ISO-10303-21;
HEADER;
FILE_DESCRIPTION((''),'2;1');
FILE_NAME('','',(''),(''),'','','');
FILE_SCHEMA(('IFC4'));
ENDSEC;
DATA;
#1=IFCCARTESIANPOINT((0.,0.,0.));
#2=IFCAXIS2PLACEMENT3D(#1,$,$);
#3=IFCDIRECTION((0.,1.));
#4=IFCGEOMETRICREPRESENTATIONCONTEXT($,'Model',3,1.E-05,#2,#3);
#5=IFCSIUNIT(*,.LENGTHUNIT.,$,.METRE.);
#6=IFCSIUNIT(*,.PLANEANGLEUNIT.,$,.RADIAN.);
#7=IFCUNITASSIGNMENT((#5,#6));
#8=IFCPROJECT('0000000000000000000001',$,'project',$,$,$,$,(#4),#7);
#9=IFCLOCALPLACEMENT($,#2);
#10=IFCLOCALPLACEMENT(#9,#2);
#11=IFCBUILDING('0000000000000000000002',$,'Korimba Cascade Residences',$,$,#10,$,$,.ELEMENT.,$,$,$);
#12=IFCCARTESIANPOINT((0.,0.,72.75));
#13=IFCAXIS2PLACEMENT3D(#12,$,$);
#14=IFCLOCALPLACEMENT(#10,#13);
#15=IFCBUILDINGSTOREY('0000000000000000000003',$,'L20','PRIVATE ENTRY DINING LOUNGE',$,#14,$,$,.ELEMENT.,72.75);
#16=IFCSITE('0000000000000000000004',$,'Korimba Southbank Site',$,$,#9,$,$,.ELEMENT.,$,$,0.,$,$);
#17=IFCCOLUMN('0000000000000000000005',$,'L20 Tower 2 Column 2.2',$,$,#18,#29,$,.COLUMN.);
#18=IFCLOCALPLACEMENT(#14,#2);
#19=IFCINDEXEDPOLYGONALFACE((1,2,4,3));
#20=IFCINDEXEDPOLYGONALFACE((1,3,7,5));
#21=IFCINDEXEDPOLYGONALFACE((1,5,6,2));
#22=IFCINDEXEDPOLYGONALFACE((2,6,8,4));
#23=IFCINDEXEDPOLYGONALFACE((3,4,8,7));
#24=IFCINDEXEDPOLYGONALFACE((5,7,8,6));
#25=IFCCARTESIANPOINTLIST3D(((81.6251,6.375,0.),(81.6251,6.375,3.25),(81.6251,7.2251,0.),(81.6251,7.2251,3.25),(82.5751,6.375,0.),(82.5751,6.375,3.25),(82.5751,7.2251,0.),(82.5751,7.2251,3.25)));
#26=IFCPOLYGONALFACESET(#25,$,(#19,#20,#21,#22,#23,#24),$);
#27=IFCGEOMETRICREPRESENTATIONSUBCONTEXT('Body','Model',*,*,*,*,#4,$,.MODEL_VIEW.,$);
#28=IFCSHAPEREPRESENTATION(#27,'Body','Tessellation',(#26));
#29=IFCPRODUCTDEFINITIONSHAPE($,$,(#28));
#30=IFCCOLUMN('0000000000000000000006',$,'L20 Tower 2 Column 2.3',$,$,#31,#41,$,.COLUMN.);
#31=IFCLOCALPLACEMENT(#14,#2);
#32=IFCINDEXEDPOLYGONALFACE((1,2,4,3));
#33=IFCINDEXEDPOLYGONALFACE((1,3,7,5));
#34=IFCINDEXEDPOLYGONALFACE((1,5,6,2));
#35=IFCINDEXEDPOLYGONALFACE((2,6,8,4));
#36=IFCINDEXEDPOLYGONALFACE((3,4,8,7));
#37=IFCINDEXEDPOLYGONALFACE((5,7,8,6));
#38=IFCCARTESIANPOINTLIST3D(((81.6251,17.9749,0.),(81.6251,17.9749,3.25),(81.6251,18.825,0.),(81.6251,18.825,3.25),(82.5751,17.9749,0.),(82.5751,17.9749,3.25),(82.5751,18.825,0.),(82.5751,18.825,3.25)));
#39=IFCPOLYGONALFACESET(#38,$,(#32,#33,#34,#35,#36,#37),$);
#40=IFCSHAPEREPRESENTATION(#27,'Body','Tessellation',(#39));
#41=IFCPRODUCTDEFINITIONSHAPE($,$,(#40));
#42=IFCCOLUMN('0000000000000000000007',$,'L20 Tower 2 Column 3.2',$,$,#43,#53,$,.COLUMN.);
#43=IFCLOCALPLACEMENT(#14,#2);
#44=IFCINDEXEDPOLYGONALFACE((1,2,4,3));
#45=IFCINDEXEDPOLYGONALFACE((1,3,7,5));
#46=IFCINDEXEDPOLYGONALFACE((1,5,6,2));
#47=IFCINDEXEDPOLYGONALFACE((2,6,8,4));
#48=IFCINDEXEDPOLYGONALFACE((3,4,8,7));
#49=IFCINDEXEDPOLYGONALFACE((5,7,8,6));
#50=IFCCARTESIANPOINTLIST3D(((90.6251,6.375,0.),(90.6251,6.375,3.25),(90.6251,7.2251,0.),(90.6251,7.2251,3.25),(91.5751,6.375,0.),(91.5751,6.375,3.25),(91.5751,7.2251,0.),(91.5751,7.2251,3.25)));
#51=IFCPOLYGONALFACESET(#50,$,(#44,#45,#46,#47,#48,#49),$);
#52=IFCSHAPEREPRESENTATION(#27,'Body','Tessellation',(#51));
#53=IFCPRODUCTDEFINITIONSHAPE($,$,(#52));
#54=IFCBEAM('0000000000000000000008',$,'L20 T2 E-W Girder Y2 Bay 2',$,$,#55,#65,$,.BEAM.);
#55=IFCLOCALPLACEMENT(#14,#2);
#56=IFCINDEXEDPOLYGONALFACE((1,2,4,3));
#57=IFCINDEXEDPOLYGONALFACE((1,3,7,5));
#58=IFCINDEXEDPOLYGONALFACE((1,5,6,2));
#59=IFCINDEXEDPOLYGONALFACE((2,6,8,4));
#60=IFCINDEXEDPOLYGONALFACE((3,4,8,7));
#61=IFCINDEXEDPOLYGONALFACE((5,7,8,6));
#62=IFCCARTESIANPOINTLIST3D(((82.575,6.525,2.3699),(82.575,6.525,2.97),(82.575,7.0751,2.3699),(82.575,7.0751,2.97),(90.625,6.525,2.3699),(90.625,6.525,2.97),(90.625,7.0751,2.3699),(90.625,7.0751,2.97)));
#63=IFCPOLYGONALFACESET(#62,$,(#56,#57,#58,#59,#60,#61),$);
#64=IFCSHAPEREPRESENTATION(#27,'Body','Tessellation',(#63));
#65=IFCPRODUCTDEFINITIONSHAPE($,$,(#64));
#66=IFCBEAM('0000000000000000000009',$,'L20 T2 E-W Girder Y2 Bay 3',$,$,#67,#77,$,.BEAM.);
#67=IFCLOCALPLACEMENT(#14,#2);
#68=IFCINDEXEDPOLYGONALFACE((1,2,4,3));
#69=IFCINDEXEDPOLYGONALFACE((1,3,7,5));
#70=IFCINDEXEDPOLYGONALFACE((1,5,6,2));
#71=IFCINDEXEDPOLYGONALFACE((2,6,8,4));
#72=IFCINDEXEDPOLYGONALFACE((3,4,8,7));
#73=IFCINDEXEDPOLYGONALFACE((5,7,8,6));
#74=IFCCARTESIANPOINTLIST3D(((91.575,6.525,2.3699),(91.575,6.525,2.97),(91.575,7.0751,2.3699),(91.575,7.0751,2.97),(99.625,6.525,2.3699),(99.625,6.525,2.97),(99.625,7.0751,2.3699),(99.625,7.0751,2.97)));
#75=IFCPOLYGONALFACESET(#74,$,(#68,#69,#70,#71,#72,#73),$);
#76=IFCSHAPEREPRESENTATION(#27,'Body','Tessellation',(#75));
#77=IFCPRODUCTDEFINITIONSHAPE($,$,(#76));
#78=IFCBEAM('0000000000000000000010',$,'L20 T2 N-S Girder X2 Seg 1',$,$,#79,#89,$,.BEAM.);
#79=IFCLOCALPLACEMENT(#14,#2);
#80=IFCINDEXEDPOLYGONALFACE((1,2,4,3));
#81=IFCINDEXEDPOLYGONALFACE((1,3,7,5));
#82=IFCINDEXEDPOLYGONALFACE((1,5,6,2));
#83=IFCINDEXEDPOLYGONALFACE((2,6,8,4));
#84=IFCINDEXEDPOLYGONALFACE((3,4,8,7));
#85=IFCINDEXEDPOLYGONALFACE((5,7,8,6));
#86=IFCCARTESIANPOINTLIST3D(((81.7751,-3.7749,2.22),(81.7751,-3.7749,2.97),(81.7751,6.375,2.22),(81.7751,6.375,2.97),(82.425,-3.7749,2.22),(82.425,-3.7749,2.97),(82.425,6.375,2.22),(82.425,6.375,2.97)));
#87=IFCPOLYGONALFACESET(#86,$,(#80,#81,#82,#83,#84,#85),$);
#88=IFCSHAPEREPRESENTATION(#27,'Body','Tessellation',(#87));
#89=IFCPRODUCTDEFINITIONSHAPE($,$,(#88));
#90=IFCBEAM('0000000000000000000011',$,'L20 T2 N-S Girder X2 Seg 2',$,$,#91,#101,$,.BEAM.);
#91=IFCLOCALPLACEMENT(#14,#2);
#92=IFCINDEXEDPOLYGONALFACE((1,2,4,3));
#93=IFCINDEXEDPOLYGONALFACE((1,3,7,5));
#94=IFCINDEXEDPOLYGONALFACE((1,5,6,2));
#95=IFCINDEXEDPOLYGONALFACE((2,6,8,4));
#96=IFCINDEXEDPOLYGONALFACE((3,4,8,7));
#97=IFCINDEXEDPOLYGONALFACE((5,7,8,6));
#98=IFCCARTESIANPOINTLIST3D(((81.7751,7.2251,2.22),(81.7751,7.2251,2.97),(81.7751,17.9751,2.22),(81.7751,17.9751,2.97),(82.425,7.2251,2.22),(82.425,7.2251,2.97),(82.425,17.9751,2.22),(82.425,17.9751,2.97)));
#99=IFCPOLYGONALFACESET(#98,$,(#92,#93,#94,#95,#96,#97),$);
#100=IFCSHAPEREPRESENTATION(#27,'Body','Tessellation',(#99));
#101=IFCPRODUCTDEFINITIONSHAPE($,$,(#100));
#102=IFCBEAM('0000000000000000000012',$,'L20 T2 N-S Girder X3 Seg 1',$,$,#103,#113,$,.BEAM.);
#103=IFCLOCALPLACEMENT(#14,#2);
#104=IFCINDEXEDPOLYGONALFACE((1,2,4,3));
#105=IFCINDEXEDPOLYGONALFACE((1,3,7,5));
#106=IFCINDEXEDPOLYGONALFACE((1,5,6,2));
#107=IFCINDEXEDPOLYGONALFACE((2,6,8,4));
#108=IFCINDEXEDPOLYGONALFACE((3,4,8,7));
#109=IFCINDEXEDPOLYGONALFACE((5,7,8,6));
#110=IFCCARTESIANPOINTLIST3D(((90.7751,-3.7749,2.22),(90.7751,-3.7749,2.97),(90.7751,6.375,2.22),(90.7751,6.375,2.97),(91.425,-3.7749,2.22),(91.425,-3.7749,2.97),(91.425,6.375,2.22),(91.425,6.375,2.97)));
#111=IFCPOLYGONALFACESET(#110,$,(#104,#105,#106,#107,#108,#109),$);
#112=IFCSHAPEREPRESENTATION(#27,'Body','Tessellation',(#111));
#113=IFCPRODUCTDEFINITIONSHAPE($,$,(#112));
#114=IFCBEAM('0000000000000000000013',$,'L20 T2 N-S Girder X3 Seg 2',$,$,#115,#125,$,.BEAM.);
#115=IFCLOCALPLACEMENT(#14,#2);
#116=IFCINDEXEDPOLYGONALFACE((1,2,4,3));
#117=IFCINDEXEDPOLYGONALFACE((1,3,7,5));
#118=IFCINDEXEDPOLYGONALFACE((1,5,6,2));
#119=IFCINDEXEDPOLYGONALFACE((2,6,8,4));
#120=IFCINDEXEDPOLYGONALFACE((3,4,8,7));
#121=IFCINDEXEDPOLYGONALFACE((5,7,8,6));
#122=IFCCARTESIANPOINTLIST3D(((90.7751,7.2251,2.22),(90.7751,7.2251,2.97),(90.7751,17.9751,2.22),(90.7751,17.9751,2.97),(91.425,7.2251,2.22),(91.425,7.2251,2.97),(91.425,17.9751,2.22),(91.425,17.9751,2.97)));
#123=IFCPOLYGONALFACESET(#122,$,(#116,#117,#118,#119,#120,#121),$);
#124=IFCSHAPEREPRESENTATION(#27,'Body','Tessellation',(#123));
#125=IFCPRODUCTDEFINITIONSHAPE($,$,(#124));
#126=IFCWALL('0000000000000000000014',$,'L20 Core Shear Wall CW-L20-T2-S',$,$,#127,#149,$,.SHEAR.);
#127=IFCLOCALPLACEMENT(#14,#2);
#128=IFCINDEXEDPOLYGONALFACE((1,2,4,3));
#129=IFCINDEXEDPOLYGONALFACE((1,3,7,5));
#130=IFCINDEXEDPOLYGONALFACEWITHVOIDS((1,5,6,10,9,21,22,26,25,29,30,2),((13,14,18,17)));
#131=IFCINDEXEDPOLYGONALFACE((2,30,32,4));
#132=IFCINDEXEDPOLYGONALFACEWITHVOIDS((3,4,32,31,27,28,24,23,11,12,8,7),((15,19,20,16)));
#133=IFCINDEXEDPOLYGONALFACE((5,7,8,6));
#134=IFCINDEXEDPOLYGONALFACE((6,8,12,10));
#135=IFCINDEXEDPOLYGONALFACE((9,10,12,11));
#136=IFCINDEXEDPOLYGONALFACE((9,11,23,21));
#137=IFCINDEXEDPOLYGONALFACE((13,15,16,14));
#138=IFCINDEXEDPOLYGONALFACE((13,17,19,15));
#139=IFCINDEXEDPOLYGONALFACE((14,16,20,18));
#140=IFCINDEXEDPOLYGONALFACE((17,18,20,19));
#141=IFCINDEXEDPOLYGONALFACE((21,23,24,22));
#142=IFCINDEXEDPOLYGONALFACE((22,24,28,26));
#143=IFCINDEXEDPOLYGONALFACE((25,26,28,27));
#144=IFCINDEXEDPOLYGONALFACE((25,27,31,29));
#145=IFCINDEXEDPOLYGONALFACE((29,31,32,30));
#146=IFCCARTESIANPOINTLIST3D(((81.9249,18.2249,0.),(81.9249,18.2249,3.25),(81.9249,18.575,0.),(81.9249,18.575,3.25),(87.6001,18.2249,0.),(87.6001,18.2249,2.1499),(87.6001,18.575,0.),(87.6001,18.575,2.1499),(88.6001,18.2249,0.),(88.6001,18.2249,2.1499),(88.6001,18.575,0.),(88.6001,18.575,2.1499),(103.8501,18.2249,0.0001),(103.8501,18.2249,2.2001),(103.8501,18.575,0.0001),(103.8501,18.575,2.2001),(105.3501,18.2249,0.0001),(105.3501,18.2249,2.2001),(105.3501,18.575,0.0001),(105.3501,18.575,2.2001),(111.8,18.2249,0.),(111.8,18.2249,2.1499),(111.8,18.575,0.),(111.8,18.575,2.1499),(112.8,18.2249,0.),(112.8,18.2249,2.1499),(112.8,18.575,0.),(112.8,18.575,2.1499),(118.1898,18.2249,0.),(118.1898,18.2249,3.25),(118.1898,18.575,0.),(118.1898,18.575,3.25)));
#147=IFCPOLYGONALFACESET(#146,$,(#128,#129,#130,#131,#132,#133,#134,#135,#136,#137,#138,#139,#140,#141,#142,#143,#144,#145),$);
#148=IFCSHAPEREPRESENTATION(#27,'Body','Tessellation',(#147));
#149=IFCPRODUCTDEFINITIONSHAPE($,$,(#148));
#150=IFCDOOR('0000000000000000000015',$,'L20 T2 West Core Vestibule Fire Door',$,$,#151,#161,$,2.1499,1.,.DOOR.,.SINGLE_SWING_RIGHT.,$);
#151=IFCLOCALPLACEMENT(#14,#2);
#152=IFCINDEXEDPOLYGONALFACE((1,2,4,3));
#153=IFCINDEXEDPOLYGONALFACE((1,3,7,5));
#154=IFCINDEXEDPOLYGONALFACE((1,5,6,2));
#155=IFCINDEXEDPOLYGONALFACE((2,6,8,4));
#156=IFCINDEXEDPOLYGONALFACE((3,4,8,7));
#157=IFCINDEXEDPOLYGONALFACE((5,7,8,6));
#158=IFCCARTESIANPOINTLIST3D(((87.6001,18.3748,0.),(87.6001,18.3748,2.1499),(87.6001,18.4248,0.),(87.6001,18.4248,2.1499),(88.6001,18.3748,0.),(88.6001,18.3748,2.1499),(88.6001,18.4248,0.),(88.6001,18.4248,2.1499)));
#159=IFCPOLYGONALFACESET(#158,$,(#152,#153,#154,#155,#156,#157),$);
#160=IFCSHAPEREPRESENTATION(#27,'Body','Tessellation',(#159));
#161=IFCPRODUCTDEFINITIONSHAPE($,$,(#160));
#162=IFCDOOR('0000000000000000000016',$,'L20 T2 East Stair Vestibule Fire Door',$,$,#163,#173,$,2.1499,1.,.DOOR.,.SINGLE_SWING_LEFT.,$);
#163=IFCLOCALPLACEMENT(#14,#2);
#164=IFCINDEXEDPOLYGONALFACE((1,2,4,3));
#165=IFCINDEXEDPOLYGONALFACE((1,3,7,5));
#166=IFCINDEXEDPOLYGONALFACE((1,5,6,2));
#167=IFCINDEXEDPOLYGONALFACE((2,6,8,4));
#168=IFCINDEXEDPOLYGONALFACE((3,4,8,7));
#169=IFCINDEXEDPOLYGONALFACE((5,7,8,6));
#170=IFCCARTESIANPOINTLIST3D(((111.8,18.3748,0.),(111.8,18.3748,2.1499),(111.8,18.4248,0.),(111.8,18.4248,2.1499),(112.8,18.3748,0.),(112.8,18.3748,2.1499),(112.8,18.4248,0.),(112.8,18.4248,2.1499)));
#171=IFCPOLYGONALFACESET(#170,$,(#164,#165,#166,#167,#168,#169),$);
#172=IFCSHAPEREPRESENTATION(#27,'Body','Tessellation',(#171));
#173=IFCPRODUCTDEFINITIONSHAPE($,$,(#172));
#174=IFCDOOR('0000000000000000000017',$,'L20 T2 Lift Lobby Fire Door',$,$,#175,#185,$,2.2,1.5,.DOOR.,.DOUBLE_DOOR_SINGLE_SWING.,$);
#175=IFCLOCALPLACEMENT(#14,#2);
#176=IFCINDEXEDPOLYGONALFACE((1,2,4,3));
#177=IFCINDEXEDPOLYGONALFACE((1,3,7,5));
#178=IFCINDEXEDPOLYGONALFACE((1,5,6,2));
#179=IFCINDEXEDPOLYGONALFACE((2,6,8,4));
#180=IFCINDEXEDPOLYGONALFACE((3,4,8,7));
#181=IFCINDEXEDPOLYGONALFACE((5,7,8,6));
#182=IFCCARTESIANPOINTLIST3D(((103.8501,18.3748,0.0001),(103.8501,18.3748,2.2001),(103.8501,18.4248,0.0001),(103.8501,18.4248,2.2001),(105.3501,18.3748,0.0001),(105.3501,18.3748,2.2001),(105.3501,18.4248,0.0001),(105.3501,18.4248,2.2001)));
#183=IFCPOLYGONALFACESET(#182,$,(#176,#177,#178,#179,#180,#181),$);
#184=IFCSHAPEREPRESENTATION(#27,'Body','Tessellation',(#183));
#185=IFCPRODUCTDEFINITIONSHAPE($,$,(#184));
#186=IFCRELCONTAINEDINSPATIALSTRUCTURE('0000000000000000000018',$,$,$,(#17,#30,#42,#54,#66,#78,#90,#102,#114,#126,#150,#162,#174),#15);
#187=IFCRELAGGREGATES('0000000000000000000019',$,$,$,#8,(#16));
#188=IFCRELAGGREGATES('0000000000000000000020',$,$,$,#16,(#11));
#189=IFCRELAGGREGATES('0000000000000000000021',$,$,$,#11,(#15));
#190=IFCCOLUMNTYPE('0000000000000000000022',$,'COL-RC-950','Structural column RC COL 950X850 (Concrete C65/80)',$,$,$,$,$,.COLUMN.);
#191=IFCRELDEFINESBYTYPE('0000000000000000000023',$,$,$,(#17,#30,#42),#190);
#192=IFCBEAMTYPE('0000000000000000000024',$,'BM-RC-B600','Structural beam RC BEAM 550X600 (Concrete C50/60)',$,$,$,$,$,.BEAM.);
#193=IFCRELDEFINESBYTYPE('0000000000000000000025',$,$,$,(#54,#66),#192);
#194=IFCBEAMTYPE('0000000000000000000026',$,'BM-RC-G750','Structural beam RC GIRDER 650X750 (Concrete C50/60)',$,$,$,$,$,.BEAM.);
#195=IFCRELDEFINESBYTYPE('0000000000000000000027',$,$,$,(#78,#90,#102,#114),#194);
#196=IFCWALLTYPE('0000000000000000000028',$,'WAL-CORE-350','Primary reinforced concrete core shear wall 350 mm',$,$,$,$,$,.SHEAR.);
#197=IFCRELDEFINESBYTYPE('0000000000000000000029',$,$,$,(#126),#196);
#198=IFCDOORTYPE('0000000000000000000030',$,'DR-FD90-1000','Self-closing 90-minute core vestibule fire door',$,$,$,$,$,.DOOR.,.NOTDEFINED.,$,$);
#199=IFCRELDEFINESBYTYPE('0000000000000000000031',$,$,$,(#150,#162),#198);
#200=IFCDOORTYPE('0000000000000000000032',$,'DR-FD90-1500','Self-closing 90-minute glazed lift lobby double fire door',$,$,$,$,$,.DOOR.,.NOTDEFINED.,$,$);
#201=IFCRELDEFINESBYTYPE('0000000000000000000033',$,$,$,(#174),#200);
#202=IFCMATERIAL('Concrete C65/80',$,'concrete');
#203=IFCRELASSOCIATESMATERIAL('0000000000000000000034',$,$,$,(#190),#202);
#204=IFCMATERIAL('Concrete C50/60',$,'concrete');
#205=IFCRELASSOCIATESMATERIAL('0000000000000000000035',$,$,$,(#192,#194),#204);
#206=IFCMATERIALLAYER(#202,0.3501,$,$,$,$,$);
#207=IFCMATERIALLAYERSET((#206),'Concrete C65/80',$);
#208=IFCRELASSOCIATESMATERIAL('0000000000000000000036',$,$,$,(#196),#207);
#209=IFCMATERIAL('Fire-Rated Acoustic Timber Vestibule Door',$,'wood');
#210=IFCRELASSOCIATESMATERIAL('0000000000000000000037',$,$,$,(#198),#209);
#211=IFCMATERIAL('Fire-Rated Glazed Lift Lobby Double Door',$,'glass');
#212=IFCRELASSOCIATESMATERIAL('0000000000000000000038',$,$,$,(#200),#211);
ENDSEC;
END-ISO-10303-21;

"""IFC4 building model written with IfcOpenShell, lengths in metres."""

from ifc_helpers import new_model, si_unit, direction, frame, frame_2d, origin, origin_2d, place, context, subcontext, project, spatial, rectangle, extrude, material, layer, layer_set, material_profile, profile_set, type_object, element, fill, save


model = new_model("IFC4")

# Units and contexts
model_context = context("Model", 3, precision=1e-05, world=origin(), true_north=direction((0.0, 1.0)))
body_context = subcontext(model_context, "Body", "Model", "MODEL_VIEW")
ifc_project = project(units=[si_unit("LENGTHUNIT", "METRE"), si_unit("PLANEANGLEUNIT", "RADIAN")], contexts=[model_context])

# Site, building, storey
site_placement = place(None, origin())
site = spatial("IfcSite", under=ifc_project, at=site_placement, Name="Korimba Southbank Site", CompositionType="ELEMENT", RefElevation=0.0)
building_placement = place(site_placement, origin())
building = spatial("IfcBuilding", under=site, at=building_placement, Name="Korimba Cascade Residences", CompositionType="ELEMENT")
storey_placement = place(building_placement, frame((0.0, 0.0, 72.75)))
storey = spatial("IfcBuildingStorey", under=building, at=storey_placement, Name="L20", Description="PRIVATE ENTRY DINING LOUNGE", CompositionType="ELEMENT", Elevation=72.75)

# Columns
ifc_material_1 = material(Name="Concrete C65/80", Category="concrete")
ifc_material_profile_1 = material_profile(ifc_material_1, rectangle(XDim=0.95, YDim=0.8501, at=origin_2d()), Name="Concrete C65/80")
ifc_profile_set_1 = profile_set([ifc_material_profile_1], Name="Concrete C65/80")
column_type = type_object("IfcColumnType", Name="COL-RC-950", Description="Structural column RC COL 950X850 (Concrete C65/80)", PredefinedType="COLUMN", material=ifc_profile_set_1)
for number, where, z_axis, x_axis, name in (
    (1, (82.1001, 6.8, 0.0), (0.0, 0.0, 1.0), (1.0, 0.0, 0.0), "L20 Tower 2 Column 2.2"),
    (2, (82.1001, 18.3999, 0.0), (0.0, 0.0, 1.0), (1.0, 0.0, 0.0), "L20 Tower 2 Column 2.3"),
    (3, (91.1001, 6.8, 0.0), (0.0, 0.0, 1.0), (1.0, 0.0, 0.0), "L20 Tower 2 Column 3.2"),
):
    element("IfcColumn", number, at=place(storey_placement, frame(where, z_axis=z_axis, x_axis=x_axis)), inside=storey, type_object=column_type, Name=name, PredefinedType="COLUMN", context=body_context, shape_type="SweptSolid", body=[
        extrude(rectangle(XDim=0.95, YDim=0.8501, at=origin_2d()), origin(), (0.0, 0.0, 1.0), 3.25),
    ])

# Beams
ifc_material_2 = material(Name="Concrete C50/60", Category="concrete")
ifc_material_profile_2 = material_profile(ifc_material_2, rectangle(XDim=0.55, YDim=0.6001, at=origin_2d()), Name="Concrete C50/60")
ifc_profile_set_2 = profile_set([ifc_material_profile_2], Name="Concrete C50/60")
beam_type_1 = type_object("IfcBeamType", Name="BM-RC-B600", Description="Structural beam RC BEAM 550X600 (Concrete C50/60)", PredefinedType="BEAM", material=ifc_profile_set_2)
for number, where, z_axis, x_axis, name in (
    (4, (82.575, 6.8, 2.6699), (1.0, 0.0, 0.0), (0.0, 1.0, 0.0), "L20 T2 E-W Girder Y2 Bay 2"),
    (5, (91.575, 6.8, 2.6699), (1.0, 0.0, 0.0), (0.0, 1.0, 0.0), "L20 T2 E-W Girder Y2 Bay 3"),
):
    element("IfcBeam", number, at=place(storey_placement, frame(where, z_axis=z_axis, x_axis=x_axis)), inside=storey, type_object=beam_type_1, Name=name, PredefinedType="BEAM", context=body_context, shape_type="SweptSolid", body=[
        extrude(rectangle(XDim=0.55, YDim=0.6001, at=origin_2d()), origin(), (0.0, 0.0, 1.0), 8.05),
    ])
ifc_material_profile_3 = material_profile(ifc_material_2, rectangle(XDim=0.6499, YDim=0.75, at=origin_2d()), Name="Concrete C50/60")
ifc_profile_set_3 = profile_set([ifc_material_profile_3], Name="Concrete C50/60")
beam_type_2 = type_object("IfcBeamType", Name="BM-RC-G750", Description="Structural beam RC GIRDER 650X750 (Concrete C50/60)", PredefinedType="BEAM", material=ifc_profile_set_3)
beam_1_placement = place(storey_placement, frame((82.1001, -3.7749, 2.595), z_axis=(0.0, 1.0, 0.0), x_axis=(-1.0, 0.0, 0.0)))
element("IfcBeam", 6, at=beam_1_placement, inside=storey, type_object=beam_type_2, Name="L20 T2 N-S Girder X2 Seg 1", PredefinedType="BEAM", context=body_context, shape_type="SweptSolid", body=[
    extrude(rectangle(XDim=0.6499, YDim=0.75, at=origin_2d()), origin(), (0.0, 0.0, 1.0), 10.1499),
])
beam_2_placement = place(storey_placement, frame((82.1001, 7.2251, 2.595), z_axis=(0.0, 1.0, 0.0), x_axis=(-1.0, 0.0, 0.0)))
element("IfcBeam", 7, at=beam_2_placement, inside=storey, type_object=beam_type_2, Name="L20 T2 N-S Girder X2 Seg 2", PredefinedType="BEAM", context=body_context, shape_type="SweptSolid", body=[
    extrude(rectangle(XDim=0.6499, YDim=0.75, at=origin_2d()), origin(), (0.0, 0.0, 1.0), 10.75),
])
beam_3_placement = place(storey_placement, frame((91.1001, -3.7749, 2.595), z_axis=(0.0, 1.0, 0.0), x_axis=(-1.0, 0.0, 0.0)))
element("IfcBeam", 8, at=beam_3_placement, inside=storey, type_object=beam_type_2, Name="L20 T2 N-S Girder X3 Seg 1", PredefinedType="BEAM", context=body_context, shape_type="SweptSolid", body=[
    extrude(rectangle(XDim=0.6499, YDim=0.75, at=origin_2d()), origin(), (0.0, 0.0, 1.0), 10.1499),
])
beam_4_placement = place(storey_placement, frame((91.1001, 7.2251, 2.595), z_axis=(0.0, 1.0, 0.0), x_axis=(-1.0, 0.0, 0.0)))
element("IfcBeam", 9, at=beam_4_placement, inside=storey, type_object=beam_type_2, Name="L20 T2 N-S Girder X3 Seg 2", PredefinedType="BEAM", context=body_context, shape_type="SweptSolid", body=[
    extrude(rectangle(XDim=0.6499, YDim=0.75, at=origin_2d()), origin(), (0.0, 0.0, 1.0), 10.75),
])

# Wall, openings, doors
ifc_layer_1 = layer(ifc_material_1, 0.3501)
ifc_layer_set_1 = layer_set([ifc_layer_1], Name="Concrete C65/80")
wall_type_1 = type_object("IfcWallType", Name="WAL-CORE-350", Description="Primary reinforced concrete core shear wall 350 mm", PredefinedType="SHEAR", material=ifc_layer_set_1)
wall_1_placement = place(storey_placement, frame((81.925, 18.3999, 0.0), z_axis=(0.0, 0.0, 1.0), x_axis=(1.0, 0.0, 0.0)))
wall_1 = element("IfcWall", 10, at=wall_1_placement, inside=storey, type_object=wall_type_1, Name="L20 Core Shear Wall CW-L20-T2-S", PredefinedType="SHEAR", context=body_context, shape_type="SweptSolid", body=[
    extrude(rectangle(XDim=36.2649, YDim=0.3501, at=frame_2d((18.1323, 0.0))), origin(), (0.0, 0.0, 1.0), 3.25),
])
opening_1_placement = place(wall_1_placement, frame((5.675, 0.0, 0.0)))
opening_1 = element("IfcOpeningElement", 11, at=opening_1_placement, cuts=wall_1, PredefinedType="OPENING", context=body_context, shape_type="SweptSolid", body=[
    extrude(rectangle(XDim=1.0, YDim=2.1499, at=frame_2d((0.5, 1.075))), frame((0.0, 0.1851, 0.0), z_axis=(0.0, -1.0, 0.0), x_axis=(1.0, 0.0, 0.0)), (0.0, 0.0, 1.0), 0.3701),
])
opening_2_placement = place(wall_1_placement, frame((21.925, 0.0, 0.0)))
opening_2 = element("IfcOpeningElement", 12, at=opening_2_placement, cuts=wall_1, PredefinedType="OPENING", context=body_context, shape_type="SweptSolid", body=[
    extrude(rectangle(XDim=1.5, YDim=2.2, at=frame_2d((0.75, 1.1001))), frame((0.0, 0.1851, 0.0), z_axis=(0.0, -1.0, 0.0), x_axis=(1.0, 0.0, 0.0)), (0.0, 0.0, 1.0), 0.3701),
])
opening_3_placement = place(wall_1_placement, frame((29.875, 0.0, 0.0)))
opening_3 = element("IfcOpeningElement", 13, at=opening_3_placement, cuts=wall_1, PredefinedType="OPENING", context=body_context, shape_type="SweptSolid", body=[
    extrude(rectangle(XDim=1.0, YDim=2.1499, at=frame_2d((0.5, 1.075))), frame((0.0, 0.1851, 0.0), z_axis=(0.0, -1.0, 0.0), x_axis=(1.0, 0.0, 0.0)), (0.0, 0.0, 1.0), 0.3701),
])
ifc_material_3 = material(Name="Fire-Rated Acoustic Timber Vestibule Door", Category="wood")
door_type_1 = type_object("IfcDoorType", Name="DR-FD90-1000", Description="Self-closing 90-minute core vestibule fire door", OperationType="NOTDEFINED", PredefinedType="DOOR", material=ifc_material_3)
door_1_placement = place(opening_1_placement, origin())
door_1 = element("IfcDoor", 14, at=door_1_placement, inside=storey, type_object=door_type_1, Name="L20 T2 West Core Vestibule Fire Door", OperationType="SINGLE_SWING_RIGHT", OverallHeight=2.1499, OverallWidth=1.0, PredefinedType="DOOR", context=body_context, shape_type="SweptSolid", body=[
    extrude(rectangle(XDim=1.0, YDim=2.1499, at=frame_2d((0.5, 1.075))), frame((0.0, 0.0249, 0.0), z_axis=(0.0, -1.0, 0.0), x_axis=(1.0, 0.0, 0.0)), (0.0, 0.0, 1.0), 0.05),
])
fill(opening_1, door_1)
door_2_placement = place(opening_3_placement, origin())
door_2 = element("IfcDoor", 15, at=door_2_placement, inside=storey, type_object=door_type_1, Name="L20 T2 East Stair Vestibule Fire Door", OperationType="SINGLE_SWING_LEFT", OverallHeight=2.1499, OverallWidth=1.0, PredefinedType="DOOR", context=body_context, shape_type="SweptSolid", body=[
    extrude(rectangle(XDim=1.0, YDim=2.1499, at=frame_2d((0.5, 1.075))), frame((0.0, 0.0249, 0.0), z_axis=(0.0, -1.0, 0.0), x_axis=(1.0, 0.0, 0.0)), (0.0, 0.0, 1.0), 0.05),
])
fill(opening_3, door_2)
ifc_material_4 = material(Name="Fire-Rated Glazed Lift Lobby Double Door", Category="glass")
door_type_2 = type_object("IfcDoorType", Name="DR-FD90-1500", Description="Self-closing 90-minute glazed lift lobby double fire door", OperationType="NOTDEFINED", PredefinedType="DOOR", material=ifc_material_4)
door_3_placement = place(opening_2_placement, origin())
door_3 = element("IfcDoor", 16, at=door_3_placement, inside=storey, type_object=door_type_2, Name="L20 T2 Lift Lobby Fire Door", OperationType="DOUBLE_DOOR_SINGLE_SWING", OverallHeight=2.2, OverallWidth=1.5, PredefinedType="DOOR", context=body_context, shape_type="SweptSolid", body=[
    extrude(rectangle(XDim=1.5, YDim=2.2, at=frame_2d((0.75, 1.1001))), frame((0.0, 0.0249, 0.0), z_axis=(0.0, -1.0, 0.0), x_axis=(1.0, 0.0, 0.0)), (0.0, 0.0, 1.0), 0.05),
])
fill(opening_2, door_3)

save(model, "model.ifc")
